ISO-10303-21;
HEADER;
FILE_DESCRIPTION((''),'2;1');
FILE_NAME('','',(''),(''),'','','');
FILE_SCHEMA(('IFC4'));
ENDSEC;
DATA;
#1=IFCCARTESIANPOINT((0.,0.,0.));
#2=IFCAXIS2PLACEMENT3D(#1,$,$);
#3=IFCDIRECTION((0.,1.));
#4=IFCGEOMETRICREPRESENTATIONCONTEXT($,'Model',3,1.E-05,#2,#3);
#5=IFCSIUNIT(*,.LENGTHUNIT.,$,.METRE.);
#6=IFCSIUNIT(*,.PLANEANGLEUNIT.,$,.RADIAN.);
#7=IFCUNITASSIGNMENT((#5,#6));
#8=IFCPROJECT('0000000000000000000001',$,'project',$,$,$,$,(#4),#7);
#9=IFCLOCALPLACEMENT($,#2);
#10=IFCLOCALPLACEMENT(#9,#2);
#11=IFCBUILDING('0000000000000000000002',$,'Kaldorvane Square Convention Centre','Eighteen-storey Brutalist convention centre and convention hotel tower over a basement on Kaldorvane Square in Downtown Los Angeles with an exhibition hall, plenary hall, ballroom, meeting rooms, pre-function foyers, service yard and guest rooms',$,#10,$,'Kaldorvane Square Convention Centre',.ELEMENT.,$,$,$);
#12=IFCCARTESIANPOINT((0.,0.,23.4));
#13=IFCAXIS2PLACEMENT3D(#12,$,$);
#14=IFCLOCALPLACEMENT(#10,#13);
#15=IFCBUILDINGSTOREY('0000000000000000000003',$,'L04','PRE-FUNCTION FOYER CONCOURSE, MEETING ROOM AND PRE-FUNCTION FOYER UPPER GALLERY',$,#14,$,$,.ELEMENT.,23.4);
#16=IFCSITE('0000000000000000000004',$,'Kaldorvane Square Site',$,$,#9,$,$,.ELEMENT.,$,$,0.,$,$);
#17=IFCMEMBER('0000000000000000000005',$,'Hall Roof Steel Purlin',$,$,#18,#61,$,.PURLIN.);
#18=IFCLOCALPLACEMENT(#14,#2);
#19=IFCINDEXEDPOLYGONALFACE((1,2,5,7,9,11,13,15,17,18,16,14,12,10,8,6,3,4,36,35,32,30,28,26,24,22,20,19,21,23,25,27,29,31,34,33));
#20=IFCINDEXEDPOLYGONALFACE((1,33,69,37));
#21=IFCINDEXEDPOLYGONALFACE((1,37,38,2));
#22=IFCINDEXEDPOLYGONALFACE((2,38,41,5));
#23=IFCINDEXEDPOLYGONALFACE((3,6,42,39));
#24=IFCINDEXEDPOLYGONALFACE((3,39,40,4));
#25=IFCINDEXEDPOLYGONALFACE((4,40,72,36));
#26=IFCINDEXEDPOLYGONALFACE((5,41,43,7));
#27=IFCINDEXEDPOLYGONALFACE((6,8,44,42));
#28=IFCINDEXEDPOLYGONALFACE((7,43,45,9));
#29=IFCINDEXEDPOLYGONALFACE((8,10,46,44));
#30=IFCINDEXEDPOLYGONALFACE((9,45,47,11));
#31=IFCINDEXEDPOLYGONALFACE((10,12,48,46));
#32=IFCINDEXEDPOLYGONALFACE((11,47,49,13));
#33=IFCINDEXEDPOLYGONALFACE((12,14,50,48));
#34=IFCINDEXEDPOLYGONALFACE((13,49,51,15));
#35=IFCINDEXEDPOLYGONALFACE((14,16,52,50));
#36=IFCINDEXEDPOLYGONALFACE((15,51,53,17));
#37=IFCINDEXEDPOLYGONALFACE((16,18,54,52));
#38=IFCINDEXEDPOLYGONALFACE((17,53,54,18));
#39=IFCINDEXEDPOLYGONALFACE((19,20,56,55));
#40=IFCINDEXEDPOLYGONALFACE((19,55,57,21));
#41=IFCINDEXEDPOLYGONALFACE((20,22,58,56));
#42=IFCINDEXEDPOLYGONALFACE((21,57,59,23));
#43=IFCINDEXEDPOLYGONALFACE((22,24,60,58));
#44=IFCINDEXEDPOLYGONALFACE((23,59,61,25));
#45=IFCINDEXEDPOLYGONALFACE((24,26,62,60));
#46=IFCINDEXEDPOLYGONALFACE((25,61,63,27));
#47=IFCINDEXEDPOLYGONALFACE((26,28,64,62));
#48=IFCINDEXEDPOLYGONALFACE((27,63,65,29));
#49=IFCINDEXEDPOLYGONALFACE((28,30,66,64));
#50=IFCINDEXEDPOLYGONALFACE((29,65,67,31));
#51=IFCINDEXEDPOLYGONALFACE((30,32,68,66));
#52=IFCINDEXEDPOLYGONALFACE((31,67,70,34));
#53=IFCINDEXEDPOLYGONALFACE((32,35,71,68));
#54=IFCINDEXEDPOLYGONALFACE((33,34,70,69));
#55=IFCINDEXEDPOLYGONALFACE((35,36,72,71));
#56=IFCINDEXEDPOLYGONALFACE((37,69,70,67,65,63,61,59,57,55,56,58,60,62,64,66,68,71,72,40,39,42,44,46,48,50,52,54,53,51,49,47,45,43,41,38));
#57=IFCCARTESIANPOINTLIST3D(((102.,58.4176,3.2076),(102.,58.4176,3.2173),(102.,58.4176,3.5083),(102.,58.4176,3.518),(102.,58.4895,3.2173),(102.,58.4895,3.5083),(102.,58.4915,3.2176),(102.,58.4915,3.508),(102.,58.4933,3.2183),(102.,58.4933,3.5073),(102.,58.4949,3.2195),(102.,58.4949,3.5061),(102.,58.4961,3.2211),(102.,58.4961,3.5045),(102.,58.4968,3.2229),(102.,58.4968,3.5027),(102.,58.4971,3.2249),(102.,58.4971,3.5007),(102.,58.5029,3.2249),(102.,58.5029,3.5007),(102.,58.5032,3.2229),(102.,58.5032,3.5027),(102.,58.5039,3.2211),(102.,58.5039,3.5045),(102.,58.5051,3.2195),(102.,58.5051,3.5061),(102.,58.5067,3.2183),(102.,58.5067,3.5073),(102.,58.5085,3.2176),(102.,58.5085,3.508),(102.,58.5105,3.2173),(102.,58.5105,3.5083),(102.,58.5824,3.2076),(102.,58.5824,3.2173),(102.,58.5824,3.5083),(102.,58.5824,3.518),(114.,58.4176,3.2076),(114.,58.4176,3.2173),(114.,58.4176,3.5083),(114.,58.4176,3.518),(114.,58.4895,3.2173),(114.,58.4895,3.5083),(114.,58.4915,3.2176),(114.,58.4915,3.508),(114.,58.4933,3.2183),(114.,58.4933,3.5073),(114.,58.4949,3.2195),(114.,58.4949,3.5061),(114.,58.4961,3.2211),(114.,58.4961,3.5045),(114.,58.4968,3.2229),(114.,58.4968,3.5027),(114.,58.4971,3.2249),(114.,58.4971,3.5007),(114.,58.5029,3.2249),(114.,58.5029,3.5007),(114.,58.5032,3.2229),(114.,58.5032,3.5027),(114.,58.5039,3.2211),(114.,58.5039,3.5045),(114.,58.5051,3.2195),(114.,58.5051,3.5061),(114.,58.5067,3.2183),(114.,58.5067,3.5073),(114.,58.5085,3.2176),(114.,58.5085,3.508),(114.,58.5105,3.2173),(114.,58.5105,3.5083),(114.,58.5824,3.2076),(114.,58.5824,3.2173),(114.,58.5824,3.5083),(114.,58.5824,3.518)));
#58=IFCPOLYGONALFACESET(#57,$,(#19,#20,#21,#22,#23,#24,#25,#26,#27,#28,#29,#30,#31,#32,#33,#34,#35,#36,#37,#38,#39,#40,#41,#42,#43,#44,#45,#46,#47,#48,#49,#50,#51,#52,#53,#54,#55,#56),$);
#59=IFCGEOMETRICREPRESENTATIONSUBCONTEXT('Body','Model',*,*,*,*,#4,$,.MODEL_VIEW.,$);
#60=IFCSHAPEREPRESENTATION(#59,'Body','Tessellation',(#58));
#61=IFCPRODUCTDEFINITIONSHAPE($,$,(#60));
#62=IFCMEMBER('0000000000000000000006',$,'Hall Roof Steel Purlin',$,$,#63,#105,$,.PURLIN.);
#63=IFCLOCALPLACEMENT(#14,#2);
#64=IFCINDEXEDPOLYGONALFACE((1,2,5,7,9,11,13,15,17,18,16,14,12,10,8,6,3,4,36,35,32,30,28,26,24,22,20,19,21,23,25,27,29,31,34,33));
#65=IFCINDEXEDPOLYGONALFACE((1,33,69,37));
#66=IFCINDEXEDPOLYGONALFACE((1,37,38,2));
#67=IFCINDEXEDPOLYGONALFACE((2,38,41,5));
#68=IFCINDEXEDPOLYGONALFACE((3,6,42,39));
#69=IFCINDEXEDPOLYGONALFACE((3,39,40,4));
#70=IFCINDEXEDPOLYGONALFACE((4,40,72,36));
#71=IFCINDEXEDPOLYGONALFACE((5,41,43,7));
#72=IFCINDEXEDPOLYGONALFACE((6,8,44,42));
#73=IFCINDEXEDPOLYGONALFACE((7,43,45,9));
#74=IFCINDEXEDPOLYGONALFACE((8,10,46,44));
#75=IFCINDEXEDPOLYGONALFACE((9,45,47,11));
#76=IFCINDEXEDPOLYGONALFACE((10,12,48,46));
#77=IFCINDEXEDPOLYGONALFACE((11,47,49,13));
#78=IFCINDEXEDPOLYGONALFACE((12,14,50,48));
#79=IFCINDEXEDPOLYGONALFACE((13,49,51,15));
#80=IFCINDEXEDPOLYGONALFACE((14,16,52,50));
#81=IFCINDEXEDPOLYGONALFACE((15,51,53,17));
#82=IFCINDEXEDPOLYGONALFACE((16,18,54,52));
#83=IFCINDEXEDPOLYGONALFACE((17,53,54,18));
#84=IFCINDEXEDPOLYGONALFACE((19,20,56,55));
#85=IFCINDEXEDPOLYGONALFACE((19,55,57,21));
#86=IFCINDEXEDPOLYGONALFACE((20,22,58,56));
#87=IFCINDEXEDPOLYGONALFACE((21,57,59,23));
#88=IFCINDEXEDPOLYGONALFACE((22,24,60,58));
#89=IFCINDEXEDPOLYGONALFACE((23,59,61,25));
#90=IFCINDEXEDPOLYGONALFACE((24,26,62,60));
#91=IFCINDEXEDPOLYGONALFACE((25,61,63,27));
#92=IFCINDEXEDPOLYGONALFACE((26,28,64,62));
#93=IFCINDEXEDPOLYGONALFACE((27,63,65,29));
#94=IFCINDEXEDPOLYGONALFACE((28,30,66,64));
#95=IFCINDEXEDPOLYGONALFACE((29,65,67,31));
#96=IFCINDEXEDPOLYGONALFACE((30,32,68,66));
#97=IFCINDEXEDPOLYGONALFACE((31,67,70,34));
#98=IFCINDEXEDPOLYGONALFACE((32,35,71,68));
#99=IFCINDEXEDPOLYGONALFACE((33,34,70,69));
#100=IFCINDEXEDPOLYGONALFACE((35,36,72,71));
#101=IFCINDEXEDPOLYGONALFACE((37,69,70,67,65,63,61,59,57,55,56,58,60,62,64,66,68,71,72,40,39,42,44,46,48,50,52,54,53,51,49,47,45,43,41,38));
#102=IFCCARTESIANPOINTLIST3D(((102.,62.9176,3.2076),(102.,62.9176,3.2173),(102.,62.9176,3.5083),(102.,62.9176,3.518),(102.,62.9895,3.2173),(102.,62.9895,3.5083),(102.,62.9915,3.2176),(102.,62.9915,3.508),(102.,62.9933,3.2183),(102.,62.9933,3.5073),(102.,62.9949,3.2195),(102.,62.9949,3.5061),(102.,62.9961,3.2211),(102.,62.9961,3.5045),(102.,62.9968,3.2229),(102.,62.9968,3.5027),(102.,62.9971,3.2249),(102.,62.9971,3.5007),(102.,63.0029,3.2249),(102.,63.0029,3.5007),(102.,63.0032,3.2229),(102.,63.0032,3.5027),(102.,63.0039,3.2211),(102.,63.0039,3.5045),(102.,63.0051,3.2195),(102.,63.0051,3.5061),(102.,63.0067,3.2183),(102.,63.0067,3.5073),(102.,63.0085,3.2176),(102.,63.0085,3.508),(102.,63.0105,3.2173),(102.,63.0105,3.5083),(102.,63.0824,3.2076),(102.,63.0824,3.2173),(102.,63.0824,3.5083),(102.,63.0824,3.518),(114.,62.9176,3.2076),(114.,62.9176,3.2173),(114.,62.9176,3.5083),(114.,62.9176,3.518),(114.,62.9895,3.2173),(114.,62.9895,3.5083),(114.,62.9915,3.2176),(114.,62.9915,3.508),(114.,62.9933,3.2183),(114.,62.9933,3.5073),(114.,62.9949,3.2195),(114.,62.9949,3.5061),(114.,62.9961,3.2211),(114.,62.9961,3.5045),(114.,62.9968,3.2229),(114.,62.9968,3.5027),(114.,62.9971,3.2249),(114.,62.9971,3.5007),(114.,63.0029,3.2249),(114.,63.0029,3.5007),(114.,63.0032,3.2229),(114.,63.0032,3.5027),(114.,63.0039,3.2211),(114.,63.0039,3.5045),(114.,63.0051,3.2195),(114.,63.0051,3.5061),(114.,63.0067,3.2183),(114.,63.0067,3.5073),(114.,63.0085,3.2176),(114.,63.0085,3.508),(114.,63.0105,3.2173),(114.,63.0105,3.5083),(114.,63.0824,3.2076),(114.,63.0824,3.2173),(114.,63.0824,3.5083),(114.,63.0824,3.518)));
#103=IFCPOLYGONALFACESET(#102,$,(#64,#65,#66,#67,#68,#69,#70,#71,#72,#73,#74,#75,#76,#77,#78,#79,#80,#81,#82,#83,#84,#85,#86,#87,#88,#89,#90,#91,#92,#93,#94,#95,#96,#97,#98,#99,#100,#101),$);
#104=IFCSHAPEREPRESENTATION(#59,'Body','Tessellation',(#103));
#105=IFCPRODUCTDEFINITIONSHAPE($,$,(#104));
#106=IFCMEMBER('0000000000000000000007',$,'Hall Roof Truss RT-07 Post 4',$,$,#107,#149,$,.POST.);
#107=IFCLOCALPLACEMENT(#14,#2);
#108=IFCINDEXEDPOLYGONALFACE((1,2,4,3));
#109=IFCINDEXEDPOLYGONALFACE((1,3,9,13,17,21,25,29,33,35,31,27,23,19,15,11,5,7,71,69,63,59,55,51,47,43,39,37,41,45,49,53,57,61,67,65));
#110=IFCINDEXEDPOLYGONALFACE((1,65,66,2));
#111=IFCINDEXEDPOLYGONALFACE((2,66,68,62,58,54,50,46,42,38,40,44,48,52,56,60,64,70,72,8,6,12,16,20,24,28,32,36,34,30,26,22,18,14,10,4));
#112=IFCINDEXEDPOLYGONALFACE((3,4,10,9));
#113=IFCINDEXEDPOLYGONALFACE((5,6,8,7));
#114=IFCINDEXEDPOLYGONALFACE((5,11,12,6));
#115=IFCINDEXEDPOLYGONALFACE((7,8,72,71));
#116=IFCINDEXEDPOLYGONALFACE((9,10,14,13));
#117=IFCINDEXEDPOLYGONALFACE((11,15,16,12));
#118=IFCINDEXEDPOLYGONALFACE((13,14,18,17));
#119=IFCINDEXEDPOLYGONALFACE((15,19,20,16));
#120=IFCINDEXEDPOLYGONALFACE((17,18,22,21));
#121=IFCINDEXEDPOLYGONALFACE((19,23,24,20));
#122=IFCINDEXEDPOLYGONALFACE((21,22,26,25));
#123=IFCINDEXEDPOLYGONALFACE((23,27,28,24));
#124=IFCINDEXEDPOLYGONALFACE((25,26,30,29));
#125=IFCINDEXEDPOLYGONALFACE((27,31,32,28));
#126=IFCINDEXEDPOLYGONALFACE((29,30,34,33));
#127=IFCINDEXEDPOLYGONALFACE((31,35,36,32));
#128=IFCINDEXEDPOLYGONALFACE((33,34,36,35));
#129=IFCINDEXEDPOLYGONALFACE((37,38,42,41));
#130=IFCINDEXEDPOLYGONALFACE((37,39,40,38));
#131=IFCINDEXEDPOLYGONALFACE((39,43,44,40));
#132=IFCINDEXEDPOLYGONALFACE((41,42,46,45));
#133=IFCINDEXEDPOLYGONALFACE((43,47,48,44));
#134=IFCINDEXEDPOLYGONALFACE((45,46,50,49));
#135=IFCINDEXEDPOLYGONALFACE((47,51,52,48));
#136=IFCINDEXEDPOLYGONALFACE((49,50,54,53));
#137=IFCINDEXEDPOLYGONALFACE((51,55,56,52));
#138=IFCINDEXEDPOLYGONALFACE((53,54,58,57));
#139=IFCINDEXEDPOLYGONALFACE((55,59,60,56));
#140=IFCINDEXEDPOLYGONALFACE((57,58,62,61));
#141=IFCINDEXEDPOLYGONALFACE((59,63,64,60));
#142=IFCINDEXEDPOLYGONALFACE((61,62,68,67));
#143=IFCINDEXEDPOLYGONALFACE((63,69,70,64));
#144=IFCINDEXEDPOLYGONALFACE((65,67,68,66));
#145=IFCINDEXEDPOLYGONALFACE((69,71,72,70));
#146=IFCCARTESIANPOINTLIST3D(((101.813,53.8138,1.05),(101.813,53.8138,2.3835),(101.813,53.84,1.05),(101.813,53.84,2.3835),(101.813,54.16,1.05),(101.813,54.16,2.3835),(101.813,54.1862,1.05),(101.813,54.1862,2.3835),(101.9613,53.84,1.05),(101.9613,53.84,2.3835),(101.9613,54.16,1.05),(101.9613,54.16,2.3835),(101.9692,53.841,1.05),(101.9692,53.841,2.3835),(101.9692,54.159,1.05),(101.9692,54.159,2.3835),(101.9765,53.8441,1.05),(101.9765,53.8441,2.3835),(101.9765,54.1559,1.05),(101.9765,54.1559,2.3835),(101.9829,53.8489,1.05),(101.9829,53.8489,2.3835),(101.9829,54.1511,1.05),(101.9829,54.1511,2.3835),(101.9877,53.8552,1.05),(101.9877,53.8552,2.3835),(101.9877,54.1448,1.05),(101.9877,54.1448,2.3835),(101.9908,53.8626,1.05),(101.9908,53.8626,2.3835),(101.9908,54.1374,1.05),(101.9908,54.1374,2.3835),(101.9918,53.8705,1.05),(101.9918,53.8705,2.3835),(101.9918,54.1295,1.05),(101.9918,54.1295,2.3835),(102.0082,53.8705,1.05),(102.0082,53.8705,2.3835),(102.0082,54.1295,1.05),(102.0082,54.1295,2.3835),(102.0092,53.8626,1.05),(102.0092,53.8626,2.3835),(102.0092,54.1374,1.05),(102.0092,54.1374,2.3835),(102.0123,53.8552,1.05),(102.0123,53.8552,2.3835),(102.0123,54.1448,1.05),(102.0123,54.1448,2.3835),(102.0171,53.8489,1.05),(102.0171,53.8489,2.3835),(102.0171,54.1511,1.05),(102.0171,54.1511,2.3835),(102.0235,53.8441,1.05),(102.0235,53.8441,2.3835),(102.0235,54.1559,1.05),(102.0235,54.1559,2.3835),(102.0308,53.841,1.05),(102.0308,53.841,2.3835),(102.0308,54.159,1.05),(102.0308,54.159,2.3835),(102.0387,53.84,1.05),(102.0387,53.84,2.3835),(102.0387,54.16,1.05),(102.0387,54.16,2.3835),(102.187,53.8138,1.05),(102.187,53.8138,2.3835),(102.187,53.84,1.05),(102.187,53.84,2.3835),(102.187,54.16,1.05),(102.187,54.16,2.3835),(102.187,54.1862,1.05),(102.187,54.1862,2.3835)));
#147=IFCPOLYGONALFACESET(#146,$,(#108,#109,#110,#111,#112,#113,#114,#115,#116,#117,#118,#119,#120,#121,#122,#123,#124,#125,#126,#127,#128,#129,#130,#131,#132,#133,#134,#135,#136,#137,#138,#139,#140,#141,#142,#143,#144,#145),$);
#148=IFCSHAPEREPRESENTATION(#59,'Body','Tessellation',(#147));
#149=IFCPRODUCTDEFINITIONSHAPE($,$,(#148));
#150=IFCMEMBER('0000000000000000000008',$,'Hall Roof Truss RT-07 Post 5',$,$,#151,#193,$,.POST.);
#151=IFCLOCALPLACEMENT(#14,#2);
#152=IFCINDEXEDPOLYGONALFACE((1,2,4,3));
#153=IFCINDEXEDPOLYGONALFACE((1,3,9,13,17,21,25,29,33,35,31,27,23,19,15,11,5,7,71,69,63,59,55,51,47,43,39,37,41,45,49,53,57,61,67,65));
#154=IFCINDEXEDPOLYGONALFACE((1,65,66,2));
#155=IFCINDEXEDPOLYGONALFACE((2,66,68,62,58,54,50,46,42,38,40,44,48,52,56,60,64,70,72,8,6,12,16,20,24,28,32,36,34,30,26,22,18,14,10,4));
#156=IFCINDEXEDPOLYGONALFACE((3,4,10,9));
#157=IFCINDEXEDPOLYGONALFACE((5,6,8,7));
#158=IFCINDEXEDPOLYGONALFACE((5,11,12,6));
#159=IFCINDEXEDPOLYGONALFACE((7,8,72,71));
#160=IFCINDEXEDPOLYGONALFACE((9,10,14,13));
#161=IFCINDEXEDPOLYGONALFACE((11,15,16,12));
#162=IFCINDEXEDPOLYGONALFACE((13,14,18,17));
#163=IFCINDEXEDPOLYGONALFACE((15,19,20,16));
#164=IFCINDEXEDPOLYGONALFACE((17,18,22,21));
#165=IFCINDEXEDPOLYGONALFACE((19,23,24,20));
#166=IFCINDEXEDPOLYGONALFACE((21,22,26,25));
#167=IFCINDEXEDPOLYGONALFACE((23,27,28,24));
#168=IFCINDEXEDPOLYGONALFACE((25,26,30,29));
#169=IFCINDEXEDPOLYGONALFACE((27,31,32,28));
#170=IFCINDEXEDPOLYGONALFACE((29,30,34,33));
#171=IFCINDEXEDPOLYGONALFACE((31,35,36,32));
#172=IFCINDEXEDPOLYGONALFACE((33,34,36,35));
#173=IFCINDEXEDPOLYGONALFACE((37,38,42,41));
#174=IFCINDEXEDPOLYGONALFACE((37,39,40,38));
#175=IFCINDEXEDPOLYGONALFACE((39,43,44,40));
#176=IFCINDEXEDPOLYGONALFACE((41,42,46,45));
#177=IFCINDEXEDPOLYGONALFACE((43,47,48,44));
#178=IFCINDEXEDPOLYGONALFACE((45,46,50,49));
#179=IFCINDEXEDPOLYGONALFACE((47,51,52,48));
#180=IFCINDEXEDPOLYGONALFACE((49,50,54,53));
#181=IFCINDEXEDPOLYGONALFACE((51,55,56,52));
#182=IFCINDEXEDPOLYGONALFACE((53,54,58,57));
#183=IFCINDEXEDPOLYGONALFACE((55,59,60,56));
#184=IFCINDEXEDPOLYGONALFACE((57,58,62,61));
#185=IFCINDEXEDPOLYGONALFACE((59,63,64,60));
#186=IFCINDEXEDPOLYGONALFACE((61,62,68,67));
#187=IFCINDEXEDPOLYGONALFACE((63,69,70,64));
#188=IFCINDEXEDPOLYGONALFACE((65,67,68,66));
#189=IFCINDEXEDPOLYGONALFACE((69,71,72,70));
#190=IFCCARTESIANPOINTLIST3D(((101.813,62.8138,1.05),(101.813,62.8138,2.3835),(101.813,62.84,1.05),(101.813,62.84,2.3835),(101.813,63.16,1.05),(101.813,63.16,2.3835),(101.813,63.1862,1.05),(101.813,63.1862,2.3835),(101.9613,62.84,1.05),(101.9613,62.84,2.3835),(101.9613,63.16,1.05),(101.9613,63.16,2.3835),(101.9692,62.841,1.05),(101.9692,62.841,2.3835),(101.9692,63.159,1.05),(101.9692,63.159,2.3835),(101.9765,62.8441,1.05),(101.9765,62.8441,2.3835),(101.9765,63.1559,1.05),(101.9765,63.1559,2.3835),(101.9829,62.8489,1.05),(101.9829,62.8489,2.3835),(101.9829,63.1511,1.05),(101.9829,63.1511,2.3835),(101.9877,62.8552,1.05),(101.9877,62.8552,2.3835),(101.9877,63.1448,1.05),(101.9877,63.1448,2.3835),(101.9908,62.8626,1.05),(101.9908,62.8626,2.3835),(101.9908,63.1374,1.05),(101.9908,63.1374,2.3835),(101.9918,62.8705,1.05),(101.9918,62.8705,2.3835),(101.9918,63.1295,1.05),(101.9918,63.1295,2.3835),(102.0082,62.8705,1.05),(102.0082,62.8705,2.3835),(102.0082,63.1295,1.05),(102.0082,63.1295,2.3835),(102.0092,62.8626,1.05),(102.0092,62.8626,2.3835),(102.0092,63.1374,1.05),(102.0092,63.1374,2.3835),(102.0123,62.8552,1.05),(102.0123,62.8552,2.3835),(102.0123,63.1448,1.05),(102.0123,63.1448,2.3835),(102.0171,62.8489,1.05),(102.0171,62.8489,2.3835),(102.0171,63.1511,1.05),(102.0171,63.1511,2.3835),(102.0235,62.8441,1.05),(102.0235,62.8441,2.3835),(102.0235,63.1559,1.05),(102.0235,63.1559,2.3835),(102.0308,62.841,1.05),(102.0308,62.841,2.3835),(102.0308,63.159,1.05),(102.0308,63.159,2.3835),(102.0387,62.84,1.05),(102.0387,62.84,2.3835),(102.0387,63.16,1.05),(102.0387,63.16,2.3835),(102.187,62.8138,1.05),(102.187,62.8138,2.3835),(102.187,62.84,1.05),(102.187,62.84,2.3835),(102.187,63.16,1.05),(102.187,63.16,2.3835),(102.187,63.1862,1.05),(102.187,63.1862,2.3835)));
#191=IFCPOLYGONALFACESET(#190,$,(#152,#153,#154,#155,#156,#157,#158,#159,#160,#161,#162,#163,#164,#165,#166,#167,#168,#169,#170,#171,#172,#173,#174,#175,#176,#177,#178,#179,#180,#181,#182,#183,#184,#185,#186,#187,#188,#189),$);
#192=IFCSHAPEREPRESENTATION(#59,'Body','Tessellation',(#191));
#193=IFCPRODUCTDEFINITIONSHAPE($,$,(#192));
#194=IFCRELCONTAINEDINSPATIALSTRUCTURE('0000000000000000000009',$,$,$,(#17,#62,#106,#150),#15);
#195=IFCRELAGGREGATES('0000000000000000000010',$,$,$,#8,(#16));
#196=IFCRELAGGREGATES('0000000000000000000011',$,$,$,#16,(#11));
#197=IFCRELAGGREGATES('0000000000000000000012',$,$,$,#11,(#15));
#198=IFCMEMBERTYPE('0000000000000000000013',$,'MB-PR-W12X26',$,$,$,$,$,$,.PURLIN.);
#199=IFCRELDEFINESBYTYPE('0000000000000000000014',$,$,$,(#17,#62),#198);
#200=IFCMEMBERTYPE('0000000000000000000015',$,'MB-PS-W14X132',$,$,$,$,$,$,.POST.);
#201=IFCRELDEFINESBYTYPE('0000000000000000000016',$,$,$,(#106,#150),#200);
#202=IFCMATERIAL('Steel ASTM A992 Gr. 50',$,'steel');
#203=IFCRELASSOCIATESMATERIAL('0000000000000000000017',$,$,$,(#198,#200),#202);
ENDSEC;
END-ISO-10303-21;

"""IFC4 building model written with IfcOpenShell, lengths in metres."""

from ifc_helpers import new_model, si_unit, direction, frame, origin, origin_2d, place, context, subcontext, project, spatial, i_section, extrude, material, material_profile, profile_set, type_object, element, save


model = new_model("IFC4")

# Units and contexts
model_context = context("Model", 3, precision=1e-05, world=origin(), true_north=direction((0.0, 1.0)))
body_context = subcontext(model_context, "Body", "Model", "MODEL_VIEW")
ifc_project = project(units=[si_unit("LENGTHUNIT", "METRE"), si_unit("PLANEANGLEUNIT", "RADIAN")], contexts=[model_context])

# Site, building, storey
site_placement = place(None, origin())
site = spatial("IfcSite", under=ifc_project, at=site_placement, Name="Kaldorvane Square Site", CompositionType="ELEMENT", RefElevation=0.0)
building_placement = place(site_placement, origin())
building = spatial("IfcBuilding", under=site, at=building_placement, Name="Kaldorvane Square Convention Centre", Description="Eighteen-storey Brutalist convention centre and convention hotel tower over a basement on Kaldorvane Square in Downtown Los Angeles with an exhibition hall, plenary hall, ballroom, meeting rooms, pre-function foyers, service yard and guest rooms", LongName="Kaldorvane Square Convention Centre", CompositionType="ELEMENT")
storey_placement = place(building_placement, frame((0.0, 0.0, 23.4)))
storey = spatial("IfcBuildingStorey", under=building, at=storey_placement, Name="L04", Description="PRE-FUNCTION FOYER CONCOURSE, MEETING ROOM AND PRE-FUNCTION FOYER UPPER GALLERY", CompositionType="ELEMENT", Elevation=23.4)

# Shared definitions
ifc_material_1 = material(Name="Steel ASTM A992 Gr. 50", Category="steel")

# Members
ifc_material_profile_1 = material_profile(ifc_material_1, i_section(OverallWidth=0.1648, OverallDepth=0.3104, WebThickness=0.0058, FlangeThickness=0.0097, FilletRadius=0.0076, at=origin_2d()), Name="W12X26")
ifc_profile_set_1 = profile_set([ifc_material_profile_1], Name="Steel ASTM A992 Gr. 50")
member_type_1 = type_object("IfcMemberType", Name="MB-PR-W12X26", PredefinedType="PURLIN", material=ifc_profile_set_1)
for number, where, z_axis, x_axis, name in (
    (1, (102.0, 58.5, 3.3628), (1.0, 0.0, 0.0), (0.0, 1.0, 0.0), "Hall Roof Steel Purlin"),
    (2, (102.0, 63.0, 3.3628), (1.0, 0.0, 0.0), (0.0, 1.0, 0.0), "Hall Roof Steel Purlin"),
):
    element("IfcMember", number, at=place(storey_placement, frame(where, z_axis=z_axis, x_axis=x_axis)), inside=storey, type_object=member_type_1, Name=name, PredefinedType="PURLIN", context=body_context, shape_type="SweptSolid", body=[
        extrude(i_section(OverallWidth=0.1648, OverallDepth=0.3104, WebThickness=0.0058, FlangeThickness=0.0097, FilletRadius=0.0076, at=origin_2d()), origin(), (0.0, 0.0, 1.0), 12.0),
    ])
ifc_material_profile_2 = material_profile(ifc_material_1, i_section(OverallWidth=0.374, OverallDepth=0.3724, WebThickness=0.0164, FlangeThickness=0.0262, FilletRadius=0.0305, at=origin_2d()), Name="W14X132")
ifc_profile_set_2 = profile_set([ifc_material_profile_2], Name="Steel ASTM A992 Gr. 50")
member_type_2 = type_object("IfcMemberType", Name="MB-PS-W14X132", PredefinedType="POST", material=ifc_profile_set_2)
for number, where, z_axis, x_axis, name in (
    (3, (102.0, 54.0, 1.05), (0.0, 0.0, 1.0), (1.0, 0.0, 0.0), "Hall Roof Truss RT-07 Post 4"),
    (4, (102.0, 63.0, 1.05), (0.0, 0.0, 1.0), (1.0, 0.0, 0.0), "Hall Roof Truss RT-07 Post 5"),
):
    element("IfcMember", number, at=place(storey_placement, frame(where, z_axis=z_axis, x_axis=x_axis)), inside=storey, type_object=member_type_2, Name=name, PredefinedType="POST", context=body_context, shape_type="SweptSolid", body=[
        extrude(i_section(OverallWidth=0.374, OverallDepth=0.3724, WebThickness=0.0164, FlangeThickness=0.0262, FilletRadius=0.0305, at=origin_2d()), origin(), (0.0, 0.0, 1.0), 1.3335),
    ])

save(model, "model.ifc")
